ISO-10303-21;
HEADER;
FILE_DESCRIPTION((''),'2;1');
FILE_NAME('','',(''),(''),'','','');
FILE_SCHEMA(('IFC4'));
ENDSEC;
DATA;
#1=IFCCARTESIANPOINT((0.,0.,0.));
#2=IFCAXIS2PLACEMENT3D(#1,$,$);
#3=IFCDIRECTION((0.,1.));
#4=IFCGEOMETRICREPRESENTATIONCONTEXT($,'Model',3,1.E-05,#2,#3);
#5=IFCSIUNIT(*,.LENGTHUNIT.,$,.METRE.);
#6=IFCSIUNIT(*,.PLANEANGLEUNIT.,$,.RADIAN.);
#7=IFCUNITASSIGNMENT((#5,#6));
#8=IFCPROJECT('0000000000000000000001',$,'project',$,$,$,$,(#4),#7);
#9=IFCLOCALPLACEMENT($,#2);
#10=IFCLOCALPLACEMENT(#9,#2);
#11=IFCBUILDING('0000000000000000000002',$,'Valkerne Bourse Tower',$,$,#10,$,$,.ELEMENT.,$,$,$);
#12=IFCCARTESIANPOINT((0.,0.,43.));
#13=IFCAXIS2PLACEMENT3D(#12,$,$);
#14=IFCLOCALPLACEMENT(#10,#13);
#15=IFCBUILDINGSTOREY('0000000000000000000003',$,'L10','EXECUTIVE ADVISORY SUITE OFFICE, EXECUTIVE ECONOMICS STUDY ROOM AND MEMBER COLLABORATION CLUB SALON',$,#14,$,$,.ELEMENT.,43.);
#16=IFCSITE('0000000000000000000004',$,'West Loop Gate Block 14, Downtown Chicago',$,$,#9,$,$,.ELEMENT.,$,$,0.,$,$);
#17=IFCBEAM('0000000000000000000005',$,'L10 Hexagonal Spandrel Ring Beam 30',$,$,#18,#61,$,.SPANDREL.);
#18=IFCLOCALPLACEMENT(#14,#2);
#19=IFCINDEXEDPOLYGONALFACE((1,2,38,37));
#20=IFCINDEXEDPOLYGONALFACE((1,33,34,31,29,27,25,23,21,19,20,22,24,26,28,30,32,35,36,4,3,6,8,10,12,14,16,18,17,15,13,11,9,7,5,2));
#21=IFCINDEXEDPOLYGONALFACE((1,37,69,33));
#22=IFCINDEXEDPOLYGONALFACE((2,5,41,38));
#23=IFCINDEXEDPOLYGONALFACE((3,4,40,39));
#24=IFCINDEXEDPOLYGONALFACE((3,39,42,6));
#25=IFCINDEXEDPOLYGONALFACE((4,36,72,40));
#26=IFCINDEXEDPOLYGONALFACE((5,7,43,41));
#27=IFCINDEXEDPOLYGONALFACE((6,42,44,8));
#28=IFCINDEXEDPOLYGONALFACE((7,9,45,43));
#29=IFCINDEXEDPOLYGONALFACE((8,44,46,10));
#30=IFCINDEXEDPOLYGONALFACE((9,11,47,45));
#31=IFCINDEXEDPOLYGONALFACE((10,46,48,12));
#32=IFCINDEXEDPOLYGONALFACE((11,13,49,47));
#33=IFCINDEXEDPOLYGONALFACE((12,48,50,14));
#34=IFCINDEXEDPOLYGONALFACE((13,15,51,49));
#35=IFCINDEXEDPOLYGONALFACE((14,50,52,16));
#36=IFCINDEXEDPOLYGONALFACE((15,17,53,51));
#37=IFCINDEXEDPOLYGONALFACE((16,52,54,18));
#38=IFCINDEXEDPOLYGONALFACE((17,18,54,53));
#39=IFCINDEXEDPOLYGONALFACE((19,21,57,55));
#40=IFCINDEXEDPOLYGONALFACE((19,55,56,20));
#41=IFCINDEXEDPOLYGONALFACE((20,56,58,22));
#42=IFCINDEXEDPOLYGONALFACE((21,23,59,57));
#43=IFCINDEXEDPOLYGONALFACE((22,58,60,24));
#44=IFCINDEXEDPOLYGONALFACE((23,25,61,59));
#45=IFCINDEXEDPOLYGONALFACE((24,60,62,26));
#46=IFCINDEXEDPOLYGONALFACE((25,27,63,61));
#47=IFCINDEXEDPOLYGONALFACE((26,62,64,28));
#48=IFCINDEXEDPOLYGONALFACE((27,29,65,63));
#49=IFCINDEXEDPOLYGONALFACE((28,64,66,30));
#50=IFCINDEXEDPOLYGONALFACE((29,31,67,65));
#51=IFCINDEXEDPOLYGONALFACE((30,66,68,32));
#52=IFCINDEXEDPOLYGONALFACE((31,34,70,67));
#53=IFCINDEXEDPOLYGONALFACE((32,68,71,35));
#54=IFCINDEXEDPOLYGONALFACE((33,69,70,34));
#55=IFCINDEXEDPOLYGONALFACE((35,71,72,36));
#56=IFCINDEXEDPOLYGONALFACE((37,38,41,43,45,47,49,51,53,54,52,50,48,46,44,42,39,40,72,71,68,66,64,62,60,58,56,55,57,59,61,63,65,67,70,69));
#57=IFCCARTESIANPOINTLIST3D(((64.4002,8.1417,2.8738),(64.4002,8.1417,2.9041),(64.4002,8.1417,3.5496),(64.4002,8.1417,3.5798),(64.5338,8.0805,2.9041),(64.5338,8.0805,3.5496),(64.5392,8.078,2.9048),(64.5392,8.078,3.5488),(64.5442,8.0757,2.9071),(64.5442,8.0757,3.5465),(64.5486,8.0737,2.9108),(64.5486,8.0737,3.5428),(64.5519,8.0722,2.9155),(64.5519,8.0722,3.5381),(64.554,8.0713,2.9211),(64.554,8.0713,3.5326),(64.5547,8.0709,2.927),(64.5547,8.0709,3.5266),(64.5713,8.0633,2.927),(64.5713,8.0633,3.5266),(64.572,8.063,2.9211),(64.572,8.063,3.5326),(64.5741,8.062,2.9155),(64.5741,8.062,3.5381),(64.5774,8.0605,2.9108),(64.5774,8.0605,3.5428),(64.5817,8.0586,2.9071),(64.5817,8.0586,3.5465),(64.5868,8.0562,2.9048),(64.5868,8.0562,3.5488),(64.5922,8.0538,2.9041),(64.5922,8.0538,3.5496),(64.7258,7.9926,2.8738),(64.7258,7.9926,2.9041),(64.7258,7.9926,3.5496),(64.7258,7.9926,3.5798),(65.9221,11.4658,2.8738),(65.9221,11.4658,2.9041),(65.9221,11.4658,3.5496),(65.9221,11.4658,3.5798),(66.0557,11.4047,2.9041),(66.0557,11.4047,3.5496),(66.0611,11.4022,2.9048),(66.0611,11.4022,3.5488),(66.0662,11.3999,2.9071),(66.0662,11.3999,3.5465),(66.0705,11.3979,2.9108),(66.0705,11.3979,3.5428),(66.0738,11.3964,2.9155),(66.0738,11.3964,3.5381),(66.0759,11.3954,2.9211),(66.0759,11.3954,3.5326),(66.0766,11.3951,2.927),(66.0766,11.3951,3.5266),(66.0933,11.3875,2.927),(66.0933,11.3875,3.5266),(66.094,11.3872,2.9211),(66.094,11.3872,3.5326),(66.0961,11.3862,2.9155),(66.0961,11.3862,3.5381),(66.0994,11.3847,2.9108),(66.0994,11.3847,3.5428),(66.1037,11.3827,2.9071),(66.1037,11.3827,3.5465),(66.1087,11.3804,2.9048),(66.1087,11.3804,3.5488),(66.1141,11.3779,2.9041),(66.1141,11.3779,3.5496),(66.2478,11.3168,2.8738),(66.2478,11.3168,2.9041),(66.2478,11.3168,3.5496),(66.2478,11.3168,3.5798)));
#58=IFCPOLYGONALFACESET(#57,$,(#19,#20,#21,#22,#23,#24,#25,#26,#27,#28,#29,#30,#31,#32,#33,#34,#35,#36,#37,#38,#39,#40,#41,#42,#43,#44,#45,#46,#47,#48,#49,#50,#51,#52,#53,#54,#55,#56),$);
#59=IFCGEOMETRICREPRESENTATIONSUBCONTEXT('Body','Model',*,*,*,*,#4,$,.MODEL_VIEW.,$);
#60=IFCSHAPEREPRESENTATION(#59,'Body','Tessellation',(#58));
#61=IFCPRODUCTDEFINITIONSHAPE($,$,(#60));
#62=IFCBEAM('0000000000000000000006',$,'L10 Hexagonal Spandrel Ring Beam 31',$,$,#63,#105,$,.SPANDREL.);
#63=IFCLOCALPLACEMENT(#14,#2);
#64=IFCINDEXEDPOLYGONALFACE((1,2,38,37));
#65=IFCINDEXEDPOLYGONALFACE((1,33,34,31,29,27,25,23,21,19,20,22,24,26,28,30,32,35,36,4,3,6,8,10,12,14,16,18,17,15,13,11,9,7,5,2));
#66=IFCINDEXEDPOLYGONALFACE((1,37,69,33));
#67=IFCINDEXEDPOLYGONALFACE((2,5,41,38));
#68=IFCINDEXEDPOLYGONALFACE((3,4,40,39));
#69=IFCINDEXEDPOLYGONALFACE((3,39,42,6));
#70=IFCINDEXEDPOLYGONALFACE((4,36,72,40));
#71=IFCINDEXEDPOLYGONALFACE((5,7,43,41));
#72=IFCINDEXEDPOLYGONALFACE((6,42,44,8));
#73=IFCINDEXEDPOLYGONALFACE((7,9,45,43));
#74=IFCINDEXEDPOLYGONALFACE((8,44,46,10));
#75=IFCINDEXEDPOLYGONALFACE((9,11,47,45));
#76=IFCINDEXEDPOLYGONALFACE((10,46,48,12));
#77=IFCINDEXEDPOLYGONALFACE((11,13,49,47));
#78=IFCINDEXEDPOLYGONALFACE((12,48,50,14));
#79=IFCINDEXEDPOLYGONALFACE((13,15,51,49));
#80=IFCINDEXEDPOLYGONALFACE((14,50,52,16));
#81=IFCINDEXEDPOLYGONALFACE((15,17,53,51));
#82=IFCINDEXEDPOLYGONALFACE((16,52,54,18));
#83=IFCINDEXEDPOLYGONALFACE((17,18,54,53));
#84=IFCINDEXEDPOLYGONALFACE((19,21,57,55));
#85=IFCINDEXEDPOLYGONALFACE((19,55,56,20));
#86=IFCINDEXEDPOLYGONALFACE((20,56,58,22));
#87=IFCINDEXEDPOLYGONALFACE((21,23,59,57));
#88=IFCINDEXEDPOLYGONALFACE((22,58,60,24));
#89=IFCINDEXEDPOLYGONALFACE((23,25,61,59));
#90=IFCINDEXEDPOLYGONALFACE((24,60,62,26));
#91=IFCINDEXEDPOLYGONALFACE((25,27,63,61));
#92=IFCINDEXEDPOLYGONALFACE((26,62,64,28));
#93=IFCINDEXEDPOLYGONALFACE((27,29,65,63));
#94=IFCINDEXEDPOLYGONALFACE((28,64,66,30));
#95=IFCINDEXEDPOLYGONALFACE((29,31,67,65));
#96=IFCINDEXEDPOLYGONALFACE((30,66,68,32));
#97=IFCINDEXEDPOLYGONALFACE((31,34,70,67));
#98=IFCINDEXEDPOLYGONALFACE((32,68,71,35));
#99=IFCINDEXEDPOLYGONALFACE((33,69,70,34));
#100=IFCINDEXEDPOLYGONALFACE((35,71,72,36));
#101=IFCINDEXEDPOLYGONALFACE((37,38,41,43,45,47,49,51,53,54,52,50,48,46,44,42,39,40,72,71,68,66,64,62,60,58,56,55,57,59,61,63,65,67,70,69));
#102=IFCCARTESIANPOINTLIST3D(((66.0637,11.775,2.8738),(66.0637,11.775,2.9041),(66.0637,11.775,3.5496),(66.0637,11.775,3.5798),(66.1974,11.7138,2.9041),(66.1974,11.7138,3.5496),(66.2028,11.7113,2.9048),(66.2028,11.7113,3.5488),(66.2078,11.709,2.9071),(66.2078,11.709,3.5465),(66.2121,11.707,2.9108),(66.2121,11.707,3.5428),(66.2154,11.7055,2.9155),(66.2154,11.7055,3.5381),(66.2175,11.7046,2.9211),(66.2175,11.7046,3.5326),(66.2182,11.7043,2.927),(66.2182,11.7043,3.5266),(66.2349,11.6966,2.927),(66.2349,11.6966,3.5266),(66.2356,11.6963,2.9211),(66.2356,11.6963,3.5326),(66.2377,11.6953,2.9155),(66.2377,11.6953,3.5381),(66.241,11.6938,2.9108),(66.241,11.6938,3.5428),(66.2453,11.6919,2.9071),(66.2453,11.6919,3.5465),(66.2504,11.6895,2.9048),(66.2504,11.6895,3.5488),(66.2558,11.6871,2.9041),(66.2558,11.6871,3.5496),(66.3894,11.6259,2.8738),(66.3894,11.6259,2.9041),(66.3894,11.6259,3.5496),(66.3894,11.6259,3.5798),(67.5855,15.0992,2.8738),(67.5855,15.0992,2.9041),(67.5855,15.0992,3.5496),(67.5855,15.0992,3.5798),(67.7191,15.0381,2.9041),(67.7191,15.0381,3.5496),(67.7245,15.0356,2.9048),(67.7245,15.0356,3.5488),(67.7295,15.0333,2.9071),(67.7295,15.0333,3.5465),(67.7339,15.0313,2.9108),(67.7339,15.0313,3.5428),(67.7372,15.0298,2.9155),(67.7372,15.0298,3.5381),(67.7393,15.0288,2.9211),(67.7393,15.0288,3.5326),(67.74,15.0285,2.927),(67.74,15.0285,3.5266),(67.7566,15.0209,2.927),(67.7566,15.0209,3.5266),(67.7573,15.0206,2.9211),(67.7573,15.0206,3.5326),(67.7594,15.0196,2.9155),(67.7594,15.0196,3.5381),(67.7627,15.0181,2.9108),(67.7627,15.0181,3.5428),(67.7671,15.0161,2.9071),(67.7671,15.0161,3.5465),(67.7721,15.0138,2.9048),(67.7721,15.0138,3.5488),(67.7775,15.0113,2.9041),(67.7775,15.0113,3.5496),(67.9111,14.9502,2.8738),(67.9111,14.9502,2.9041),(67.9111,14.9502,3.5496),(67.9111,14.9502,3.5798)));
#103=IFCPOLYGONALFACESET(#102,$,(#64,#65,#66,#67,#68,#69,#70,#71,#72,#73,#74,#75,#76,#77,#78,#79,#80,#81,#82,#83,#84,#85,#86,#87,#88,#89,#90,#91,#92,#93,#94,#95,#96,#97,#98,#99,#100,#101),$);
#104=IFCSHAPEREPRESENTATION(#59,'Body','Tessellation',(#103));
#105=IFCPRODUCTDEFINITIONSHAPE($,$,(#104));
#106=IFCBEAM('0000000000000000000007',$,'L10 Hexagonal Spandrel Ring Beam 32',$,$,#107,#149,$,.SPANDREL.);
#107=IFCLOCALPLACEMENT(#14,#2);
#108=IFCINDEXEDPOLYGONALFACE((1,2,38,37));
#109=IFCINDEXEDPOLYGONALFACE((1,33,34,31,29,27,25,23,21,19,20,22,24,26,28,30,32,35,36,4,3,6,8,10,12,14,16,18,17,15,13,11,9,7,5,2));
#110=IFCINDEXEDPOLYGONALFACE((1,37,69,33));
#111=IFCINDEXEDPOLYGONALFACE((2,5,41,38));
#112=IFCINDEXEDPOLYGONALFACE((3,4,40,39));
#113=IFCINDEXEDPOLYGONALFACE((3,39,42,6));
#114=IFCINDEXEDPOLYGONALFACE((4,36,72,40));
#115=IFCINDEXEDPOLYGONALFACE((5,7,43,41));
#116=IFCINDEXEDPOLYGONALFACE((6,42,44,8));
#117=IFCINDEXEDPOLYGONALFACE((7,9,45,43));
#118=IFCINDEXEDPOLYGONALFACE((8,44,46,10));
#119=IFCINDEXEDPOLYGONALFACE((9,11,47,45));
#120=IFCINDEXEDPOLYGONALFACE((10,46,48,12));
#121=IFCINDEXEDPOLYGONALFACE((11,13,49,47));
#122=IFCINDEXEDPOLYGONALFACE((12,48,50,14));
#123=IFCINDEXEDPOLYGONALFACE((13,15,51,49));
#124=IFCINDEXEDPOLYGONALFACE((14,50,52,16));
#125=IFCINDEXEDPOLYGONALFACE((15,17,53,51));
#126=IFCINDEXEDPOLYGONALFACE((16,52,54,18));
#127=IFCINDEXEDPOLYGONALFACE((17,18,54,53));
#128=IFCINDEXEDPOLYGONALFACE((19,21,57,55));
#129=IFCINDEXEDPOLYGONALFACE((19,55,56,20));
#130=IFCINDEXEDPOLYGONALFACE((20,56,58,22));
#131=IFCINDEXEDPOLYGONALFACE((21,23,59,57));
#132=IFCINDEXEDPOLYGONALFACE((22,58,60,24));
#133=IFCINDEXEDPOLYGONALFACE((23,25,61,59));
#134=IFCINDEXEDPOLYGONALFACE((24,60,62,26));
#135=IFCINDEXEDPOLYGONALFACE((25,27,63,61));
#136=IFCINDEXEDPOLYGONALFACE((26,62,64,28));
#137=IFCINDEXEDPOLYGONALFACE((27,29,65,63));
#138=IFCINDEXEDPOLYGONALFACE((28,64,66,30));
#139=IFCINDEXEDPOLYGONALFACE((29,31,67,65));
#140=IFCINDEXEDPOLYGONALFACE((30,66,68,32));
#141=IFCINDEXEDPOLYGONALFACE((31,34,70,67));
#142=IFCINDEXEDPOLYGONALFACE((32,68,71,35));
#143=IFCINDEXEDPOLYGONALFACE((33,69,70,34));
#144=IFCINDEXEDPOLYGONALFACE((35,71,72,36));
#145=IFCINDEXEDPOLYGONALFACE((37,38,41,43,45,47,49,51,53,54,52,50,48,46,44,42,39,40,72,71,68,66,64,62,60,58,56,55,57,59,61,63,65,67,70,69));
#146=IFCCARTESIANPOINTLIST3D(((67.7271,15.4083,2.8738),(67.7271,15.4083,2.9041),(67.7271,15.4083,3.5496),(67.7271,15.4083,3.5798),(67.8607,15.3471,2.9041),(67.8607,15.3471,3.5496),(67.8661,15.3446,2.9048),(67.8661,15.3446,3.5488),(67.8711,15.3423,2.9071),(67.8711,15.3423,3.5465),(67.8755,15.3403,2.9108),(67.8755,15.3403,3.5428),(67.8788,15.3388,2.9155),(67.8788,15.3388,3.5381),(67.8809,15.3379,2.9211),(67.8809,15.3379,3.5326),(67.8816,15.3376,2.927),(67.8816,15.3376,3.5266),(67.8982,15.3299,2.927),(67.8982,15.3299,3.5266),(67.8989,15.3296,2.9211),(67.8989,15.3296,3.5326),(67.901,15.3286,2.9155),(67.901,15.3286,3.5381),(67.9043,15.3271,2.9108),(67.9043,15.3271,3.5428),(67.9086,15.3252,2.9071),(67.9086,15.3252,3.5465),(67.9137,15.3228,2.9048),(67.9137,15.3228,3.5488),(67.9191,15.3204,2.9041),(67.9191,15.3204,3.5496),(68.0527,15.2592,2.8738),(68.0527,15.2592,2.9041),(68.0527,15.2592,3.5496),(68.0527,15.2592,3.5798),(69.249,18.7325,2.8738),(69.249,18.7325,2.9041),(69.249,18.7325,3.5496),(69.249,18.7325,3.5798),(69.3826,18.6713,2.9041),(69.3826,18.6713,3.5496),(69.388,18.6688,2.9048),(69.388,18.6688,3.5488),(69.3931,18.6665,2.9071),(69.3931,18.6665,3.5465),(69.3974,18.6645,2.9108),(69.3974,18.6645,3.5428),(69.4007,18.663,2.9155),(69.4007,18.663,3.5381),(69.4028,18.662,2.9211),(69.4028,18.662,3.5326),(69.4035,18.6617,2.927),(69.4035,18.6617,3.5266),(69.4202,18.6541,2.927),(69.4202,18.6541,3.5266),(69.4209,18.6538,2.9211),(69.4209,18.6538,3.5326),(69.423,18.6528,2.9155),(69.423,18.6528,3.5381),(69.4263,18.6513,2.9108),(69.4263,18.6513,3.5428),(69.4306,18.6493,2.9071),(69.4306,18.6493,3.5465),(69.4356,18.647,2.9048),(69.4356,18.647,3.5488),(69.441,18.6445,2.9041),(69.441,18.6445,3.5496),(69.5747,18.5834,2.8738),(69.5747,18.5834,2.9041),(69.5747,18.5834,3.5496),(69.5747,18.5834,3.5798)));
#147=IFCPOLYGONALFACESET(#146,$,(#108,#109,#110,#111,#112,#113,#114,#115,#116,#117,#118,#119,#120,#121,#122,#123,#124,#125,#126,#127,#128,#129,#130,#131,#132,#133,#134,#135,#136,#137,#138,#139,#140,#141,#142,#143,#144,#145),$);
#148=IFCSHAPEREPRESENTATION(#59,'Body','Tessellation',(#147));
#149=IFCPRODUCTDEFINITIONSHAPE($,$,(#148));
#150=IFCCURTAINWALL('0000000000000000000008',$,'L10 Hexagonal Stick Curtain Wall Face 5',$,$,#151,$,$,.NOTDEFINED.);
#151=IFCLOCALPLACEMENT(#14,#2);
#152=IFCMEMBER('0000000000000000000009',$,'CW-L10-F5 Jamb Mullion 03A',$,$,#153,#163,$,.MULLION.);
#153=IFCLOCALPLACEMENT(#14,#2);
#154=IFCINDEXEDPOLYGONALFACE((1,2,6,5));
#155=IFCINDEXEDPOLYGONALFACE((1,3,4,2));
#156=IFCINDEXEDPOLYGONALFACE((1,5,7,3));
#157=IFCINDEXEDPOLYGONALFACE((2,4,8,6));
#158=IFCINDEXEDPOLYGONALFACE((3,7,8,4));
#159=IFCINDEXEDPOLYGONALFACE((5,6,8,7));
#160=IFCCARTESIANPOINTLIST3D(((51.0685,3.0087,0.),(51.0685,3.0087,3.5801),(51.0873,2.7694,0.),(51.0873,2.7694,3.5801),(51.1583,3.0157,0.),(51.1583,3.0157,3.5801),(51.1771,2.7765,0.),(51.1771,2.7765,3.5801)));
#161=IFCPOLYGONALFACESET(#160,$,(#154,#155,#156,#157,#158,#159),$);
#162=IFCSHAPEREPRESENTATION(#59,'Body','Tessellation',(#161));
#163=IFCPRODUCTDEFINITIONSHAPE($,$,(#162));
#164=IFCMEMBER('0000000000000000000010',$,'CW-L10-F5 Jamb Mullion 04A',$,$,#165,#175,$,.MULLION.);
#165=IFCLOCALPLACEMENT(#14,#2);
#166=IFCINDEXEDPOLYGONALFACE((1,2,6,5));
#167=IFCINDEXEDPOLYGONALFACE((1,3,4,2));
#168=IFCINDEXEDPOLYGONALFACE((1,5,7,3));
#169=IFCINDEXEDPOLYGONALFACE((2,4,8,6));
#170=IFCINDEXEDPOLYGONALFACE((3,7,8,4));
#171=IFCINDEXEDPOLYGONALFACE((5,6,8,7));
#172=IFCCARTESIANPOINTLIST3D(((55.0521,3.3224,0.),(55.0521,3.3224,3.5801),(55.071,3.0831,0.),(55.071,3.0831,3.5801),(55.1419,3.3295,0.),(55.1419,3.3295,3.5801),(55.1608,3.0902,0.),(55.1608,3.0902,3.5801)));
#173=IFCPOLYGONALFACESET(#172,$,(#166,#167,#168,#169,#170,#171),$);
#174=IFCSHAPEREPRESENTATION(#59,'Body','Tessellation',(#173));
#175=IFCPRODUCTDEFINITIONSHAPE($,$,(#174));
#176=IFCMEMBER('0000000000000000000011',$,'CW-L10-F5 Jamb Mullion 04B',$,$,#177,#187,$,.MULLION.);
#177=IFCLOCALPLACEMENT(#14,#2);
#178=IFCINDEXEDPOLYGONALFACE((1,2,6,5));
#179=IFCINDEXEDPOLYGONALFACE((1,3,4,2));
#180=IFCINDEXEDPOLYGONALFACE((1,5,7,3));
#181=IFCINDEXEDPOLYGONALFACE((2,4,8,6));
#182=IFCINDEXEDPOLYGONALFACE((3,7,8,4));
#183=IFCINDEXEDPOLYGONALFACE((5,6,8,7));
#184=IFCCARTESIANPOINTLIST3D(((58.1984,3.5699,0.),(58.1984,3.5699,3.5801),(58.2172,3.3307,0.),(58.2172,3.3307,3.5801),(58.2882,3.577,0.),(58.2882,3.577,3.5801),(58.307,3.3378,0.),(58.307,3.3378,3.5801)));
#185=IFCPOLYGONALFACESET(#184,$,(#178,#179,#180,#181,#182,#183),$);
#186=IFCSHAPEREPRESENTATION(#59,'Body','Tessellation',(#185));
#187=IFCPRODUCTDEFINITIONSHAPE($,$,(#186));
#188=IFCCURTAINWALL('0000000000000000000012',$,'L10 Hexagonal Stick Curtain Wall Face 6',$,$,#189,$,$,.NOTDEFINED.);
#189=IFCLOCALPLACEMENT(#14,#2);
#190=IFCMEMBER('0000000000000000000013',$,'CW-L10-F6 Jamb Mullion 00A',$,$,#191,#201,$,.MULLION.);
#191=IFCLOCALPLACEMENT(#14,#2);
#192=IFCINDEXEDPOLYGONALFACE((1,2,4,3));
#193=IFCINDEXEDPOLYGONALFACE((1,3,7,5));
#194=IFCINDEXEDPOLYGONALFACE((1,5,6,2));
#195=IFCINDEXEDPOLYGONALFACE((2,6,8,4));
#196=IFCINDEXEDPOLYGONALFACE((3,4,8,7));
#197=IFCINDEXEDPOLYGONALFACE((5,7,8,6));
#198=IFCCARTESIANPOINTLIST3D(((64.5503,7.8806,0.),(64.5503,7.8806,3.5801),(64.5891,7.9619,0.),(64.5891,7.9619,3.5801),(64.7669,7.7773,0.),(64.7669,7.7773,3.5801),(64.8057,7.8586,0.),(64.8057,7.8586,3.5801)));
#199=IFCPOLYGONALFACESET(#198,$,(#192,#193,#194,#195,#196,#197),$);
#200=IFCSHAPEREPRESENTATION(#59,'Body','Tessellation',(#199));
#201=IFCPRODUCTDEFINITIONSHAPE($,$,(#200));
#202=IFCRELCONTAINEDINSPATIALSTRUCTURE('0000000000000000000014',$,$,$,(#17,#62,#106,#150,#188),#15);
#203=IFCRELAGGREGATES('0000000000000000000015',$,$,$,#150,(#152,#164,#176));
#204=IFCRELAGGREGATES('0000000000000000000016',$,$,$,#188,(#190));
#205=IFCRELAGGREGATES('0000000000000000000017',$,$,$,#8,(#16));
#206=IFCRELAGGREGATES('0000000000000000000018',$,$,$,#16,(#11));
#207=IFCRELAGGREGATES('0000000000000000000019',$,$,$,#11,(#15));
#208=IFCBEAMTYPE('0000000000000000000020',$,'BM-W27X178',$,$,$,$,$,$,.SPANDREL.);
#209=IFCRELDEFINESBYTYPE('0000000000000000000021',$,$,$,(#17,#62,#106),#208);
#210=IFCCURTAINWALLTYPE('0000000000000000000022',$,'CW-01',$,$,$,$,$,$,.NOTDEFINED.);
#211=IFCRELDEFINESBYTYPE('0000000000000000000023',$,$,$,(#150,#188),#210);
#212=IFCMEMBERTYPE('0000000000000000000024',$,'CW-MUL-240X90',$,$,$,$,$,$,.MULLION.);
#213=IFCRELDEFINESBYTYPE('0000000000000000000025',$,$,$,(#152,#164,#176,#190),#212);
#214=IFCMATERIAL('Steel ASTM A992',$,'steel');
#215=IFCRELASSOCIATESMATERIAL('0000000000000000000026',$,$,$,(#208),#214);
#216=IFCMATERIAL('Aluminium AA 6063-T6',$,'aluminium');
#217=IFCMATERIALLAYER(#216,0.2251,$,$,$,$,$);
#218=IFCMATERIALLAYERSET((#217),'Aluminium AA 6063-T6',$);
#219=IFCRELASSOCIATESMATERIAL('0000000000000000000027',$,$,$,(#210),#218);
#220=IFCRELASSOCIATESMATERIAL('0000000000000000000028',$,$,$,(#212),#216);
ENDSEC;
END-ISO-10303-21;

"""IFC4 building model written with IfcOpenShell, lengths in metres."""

from ifc_helpers import new_model, si_unit, direction, frame, origin, origin_2d, place, context, subcontext, project, spatial, rectangle, i_section, extrude, material, layer, layer_set, material_profile, profile_set, type_object, element, aggregate, save


model = new_model("IFC4")

# Units and contexts
model_context = context("Model", 3, precision=1e-05, world=origin(), true_north=direction((0.0, 1.0)))
body_context = subcontext(model_context, "Body", "Model", "MODEL_VIEW")
ifc_project = project(units=[si_unit("LENGTHUNIT", "METRE"), si_unit("PLANEANGLEUNIT", "RADIAN")], contexts=[model_context])

# Site, building, storey
site_placement = place(None, origin())
site = spatial("IfcSite", under=ifc_project, at=site_placement, Name="West Loop Gate Block 14, Downtown Chicago", CompositionType="ELEMENT", RefElevation=0.0)
building_placement = place(site_placement, origin())
building = spatial("IfcBuilding", under=site, at=building_placement, Name="Valkerne Bourse Tower", CompositionType="ELEMENT")
storey_placement = place(building_placement, frame((0.0, 0.0, 43.0)))
storey = spatial("IfcBuildingStorey", under=building, at=storey_placement, Name="L10", Description="EXECUTIVE ADVISORY SUITE OFFICE, EXECUTIVE ECONOMICS STUDY ROOM AND MEMBER COLLABORATION CLUB SALON", CompositionType="ELEMENT", Elevation=43.0)

# Beams
ifc_material_1 = material(Name="Steel ASTM A992", Category="steel")
ifc_material_profile_1 = material_profile(ifc_material_1, i_section(OverallWidth=0.3582, OverallDepth=0.7061, WebThickness=0.0183, FlangeThickness=0.0303, FilletRadius=0.0229, at=origin_2d()), Name="W27X178")
ifc_profile_set_1 = profile_set([ifc_material_profile_1], Name="Steel ASTM A992")
beam_type = type_object("IfcBeamType", Name="BM-W27X178", PredefinedType="SPANDREL", material=ifc_profile_set_1)
for number, where, z_axis, x_axis, name in (
    (1, (64.563, 8.0671, 3.2268), (0.416287, 0.909233, 0.0), (-0.909233, 0.416287, 0.0), "L10 Hexagonal Spandrel Ring Beam 30"),
    (2, (66.2266, 11.7004, 3.2268), (0.416232, 0.909259, 0.0), (-0.909259, 0.416232, 0.0), "L10 Hexagonal Spandrel Ring Beam 31"),
    (3, (67.8899, 15.3337, 3.2268), (0.416287, 0.909233, 0.0), (-0.909233, 0.416287, 0.0), "L10 Hexagonal Spandrel Ring Beam 32"),
):
    element("IfcBeam", number, at=place(storey_placement, frame(where, z_axis=z_axis, x_axis=x_axis)), inside=storey, type_object=beam_type, Name=name, PredefinedType="SPANDREL", context=body_context, shape_type="SweptSolid", body=[
        extrude(i_section(OverallWidth=0.3582, OverallDepth=0.7061, WebThickness=0.0183, FlangeThickness=0.0303, FilletRadius=0.0229, at=origin_2d()), origin(), (0.0, 0.0, 1.0), 3.656),
    ])

# Curtain walls, members
ifc_material_2 = material(Name="Aluminium AA 6063-T6", Category="aluminium")
ifc_layer_1 = layer(ifc_material_2, 0.2251)
ifc_layer_set_1 = layer_set([ifc_layer_1], Name="Aluminium AA 6063-T6")
curtain_wall_type = type_object("IfcCurtainWallType", Name="CW-01", PredefinedType="NOTDEFINED", material=ifc_layer_set_1)
curtain_wall_1_placement = place(storey_placement, origin())
curtain_wall_1 = element("IfcCurtainWall", 4, at=curtain_wall_1_placement, inside=storey, type_object=curtain_wall_type, Name="L10 Hexagonal Stick Curtain Wall Face 5", PredefinedType="NOTDEFINED")
ifc_material_profile_2 = material_profile(ifc_material_2, rectangle(XDim=0.0901, YDim=0.24, at=origin_2d()), Name="CWM-90X240")
ifc_profile_set_2 = profile_set([ifc_material_profile_2], Name="Aluminium AA 6063-T6")
member_type_1 = type_object("IfcMemberType", Name="CW-MUL-240X90", PredefinedType="MULLION", material=ifc_profile_set_2)
member_1_placement = place(storey_placement, frame((51.1228, 2.8926, 0.0), z_axis=(0.0, 0.0, 1.0), x_axis=(0.996916, 0.078478, 0.0)))
member_1 = element("IfcMember", 5, at=member_1_placement, type_object=member_type_1, Name="CW-L10-F5 Jamb Mullion 03A", PredefinedType="MULLION", context=body_context, shape_type="SweptSolid", body=[
    extrude(rectangle(XDim=0.0901, YDim=0.24, at=origin_2d()), origin(), (0.0, 0.0, 1.0), 3.5801),
])
member_2_placement = place(storey_placement, frame((55.1064, 3.2063, 0.0), z_axis=(0.0, 0.0, 1.0), x_axis=(0.996918, 0.078455, 0.0)))
member_2 = element("IfcMember", 6, at=member_2_placement, type_object=member_type_1, Name="CW-L10-F5 Jamb Mullion 04A", PredefinedType="MULLION", context=body_context, shape_type="SweptSolid", body=[
    extrude(rectangle(XDim=0.0901, YDim=0.24, at=origin_2d()), origin(), (0.0, 0.0, 1.0), 3.5801),
])
member_3_placement = place(storey_placement, frame((58.2527, 3.4539, 0.0), z_axis=(0.0, 0.0, 1.0), x_axis=(0.996918, 0.078455, 0.0)))
member_3 = element("IfcMember", 7, at=member_3_placement, type_object=member_type_1, Name="CW-L10-F5 Jamb Mullion 04B", PredefinedType="MULLION", context=body_context, shape_type="SweptSolid", body=[
    extrude(rectangle(XDim=0.0901, YDim=0.24, at=origin_2d()), origin(), (0.0, 0.0, 1.0), 3.5801),
])
curtain_wall_2_placement = place(storey_placement, origin())
curtain_wall_2 = element("IfcCurtainWall", 8, at=curtain_wall_2_placement, inside=storey, type_object=curtain_wall_type, Name="L10 Hexagonal Stick Curtain Wall Face 6", PredefinedType="NOTDEFINED")
member_4_placement = place(storey_placement, frame((64.678, 7.8696, 0.0), z_axis=(0.0, 0.0, 1.0), x_axis=(0.4305, 0.902591, 0.0)))
member_4 = element("IfcMember", 9, at=member_4_placement, type_object=member_type_1, Name="CW-L10-F6 Jamb Mullion 00A", PredefinedType="MULLION", context=body_context, shape_type="SweptSolid", body=[
    extrude(rectangle(XDim=0.0901, YDim=0.24, at=origin_2d()), origin(), (0.0, 0.0, 1.0), 3.5801),
])

aggregate(curtain_wall_1, [member_1, member_2, member_3])
aggregate(curtain_wall_2, [member_4])

save(model, "model.ifc")
